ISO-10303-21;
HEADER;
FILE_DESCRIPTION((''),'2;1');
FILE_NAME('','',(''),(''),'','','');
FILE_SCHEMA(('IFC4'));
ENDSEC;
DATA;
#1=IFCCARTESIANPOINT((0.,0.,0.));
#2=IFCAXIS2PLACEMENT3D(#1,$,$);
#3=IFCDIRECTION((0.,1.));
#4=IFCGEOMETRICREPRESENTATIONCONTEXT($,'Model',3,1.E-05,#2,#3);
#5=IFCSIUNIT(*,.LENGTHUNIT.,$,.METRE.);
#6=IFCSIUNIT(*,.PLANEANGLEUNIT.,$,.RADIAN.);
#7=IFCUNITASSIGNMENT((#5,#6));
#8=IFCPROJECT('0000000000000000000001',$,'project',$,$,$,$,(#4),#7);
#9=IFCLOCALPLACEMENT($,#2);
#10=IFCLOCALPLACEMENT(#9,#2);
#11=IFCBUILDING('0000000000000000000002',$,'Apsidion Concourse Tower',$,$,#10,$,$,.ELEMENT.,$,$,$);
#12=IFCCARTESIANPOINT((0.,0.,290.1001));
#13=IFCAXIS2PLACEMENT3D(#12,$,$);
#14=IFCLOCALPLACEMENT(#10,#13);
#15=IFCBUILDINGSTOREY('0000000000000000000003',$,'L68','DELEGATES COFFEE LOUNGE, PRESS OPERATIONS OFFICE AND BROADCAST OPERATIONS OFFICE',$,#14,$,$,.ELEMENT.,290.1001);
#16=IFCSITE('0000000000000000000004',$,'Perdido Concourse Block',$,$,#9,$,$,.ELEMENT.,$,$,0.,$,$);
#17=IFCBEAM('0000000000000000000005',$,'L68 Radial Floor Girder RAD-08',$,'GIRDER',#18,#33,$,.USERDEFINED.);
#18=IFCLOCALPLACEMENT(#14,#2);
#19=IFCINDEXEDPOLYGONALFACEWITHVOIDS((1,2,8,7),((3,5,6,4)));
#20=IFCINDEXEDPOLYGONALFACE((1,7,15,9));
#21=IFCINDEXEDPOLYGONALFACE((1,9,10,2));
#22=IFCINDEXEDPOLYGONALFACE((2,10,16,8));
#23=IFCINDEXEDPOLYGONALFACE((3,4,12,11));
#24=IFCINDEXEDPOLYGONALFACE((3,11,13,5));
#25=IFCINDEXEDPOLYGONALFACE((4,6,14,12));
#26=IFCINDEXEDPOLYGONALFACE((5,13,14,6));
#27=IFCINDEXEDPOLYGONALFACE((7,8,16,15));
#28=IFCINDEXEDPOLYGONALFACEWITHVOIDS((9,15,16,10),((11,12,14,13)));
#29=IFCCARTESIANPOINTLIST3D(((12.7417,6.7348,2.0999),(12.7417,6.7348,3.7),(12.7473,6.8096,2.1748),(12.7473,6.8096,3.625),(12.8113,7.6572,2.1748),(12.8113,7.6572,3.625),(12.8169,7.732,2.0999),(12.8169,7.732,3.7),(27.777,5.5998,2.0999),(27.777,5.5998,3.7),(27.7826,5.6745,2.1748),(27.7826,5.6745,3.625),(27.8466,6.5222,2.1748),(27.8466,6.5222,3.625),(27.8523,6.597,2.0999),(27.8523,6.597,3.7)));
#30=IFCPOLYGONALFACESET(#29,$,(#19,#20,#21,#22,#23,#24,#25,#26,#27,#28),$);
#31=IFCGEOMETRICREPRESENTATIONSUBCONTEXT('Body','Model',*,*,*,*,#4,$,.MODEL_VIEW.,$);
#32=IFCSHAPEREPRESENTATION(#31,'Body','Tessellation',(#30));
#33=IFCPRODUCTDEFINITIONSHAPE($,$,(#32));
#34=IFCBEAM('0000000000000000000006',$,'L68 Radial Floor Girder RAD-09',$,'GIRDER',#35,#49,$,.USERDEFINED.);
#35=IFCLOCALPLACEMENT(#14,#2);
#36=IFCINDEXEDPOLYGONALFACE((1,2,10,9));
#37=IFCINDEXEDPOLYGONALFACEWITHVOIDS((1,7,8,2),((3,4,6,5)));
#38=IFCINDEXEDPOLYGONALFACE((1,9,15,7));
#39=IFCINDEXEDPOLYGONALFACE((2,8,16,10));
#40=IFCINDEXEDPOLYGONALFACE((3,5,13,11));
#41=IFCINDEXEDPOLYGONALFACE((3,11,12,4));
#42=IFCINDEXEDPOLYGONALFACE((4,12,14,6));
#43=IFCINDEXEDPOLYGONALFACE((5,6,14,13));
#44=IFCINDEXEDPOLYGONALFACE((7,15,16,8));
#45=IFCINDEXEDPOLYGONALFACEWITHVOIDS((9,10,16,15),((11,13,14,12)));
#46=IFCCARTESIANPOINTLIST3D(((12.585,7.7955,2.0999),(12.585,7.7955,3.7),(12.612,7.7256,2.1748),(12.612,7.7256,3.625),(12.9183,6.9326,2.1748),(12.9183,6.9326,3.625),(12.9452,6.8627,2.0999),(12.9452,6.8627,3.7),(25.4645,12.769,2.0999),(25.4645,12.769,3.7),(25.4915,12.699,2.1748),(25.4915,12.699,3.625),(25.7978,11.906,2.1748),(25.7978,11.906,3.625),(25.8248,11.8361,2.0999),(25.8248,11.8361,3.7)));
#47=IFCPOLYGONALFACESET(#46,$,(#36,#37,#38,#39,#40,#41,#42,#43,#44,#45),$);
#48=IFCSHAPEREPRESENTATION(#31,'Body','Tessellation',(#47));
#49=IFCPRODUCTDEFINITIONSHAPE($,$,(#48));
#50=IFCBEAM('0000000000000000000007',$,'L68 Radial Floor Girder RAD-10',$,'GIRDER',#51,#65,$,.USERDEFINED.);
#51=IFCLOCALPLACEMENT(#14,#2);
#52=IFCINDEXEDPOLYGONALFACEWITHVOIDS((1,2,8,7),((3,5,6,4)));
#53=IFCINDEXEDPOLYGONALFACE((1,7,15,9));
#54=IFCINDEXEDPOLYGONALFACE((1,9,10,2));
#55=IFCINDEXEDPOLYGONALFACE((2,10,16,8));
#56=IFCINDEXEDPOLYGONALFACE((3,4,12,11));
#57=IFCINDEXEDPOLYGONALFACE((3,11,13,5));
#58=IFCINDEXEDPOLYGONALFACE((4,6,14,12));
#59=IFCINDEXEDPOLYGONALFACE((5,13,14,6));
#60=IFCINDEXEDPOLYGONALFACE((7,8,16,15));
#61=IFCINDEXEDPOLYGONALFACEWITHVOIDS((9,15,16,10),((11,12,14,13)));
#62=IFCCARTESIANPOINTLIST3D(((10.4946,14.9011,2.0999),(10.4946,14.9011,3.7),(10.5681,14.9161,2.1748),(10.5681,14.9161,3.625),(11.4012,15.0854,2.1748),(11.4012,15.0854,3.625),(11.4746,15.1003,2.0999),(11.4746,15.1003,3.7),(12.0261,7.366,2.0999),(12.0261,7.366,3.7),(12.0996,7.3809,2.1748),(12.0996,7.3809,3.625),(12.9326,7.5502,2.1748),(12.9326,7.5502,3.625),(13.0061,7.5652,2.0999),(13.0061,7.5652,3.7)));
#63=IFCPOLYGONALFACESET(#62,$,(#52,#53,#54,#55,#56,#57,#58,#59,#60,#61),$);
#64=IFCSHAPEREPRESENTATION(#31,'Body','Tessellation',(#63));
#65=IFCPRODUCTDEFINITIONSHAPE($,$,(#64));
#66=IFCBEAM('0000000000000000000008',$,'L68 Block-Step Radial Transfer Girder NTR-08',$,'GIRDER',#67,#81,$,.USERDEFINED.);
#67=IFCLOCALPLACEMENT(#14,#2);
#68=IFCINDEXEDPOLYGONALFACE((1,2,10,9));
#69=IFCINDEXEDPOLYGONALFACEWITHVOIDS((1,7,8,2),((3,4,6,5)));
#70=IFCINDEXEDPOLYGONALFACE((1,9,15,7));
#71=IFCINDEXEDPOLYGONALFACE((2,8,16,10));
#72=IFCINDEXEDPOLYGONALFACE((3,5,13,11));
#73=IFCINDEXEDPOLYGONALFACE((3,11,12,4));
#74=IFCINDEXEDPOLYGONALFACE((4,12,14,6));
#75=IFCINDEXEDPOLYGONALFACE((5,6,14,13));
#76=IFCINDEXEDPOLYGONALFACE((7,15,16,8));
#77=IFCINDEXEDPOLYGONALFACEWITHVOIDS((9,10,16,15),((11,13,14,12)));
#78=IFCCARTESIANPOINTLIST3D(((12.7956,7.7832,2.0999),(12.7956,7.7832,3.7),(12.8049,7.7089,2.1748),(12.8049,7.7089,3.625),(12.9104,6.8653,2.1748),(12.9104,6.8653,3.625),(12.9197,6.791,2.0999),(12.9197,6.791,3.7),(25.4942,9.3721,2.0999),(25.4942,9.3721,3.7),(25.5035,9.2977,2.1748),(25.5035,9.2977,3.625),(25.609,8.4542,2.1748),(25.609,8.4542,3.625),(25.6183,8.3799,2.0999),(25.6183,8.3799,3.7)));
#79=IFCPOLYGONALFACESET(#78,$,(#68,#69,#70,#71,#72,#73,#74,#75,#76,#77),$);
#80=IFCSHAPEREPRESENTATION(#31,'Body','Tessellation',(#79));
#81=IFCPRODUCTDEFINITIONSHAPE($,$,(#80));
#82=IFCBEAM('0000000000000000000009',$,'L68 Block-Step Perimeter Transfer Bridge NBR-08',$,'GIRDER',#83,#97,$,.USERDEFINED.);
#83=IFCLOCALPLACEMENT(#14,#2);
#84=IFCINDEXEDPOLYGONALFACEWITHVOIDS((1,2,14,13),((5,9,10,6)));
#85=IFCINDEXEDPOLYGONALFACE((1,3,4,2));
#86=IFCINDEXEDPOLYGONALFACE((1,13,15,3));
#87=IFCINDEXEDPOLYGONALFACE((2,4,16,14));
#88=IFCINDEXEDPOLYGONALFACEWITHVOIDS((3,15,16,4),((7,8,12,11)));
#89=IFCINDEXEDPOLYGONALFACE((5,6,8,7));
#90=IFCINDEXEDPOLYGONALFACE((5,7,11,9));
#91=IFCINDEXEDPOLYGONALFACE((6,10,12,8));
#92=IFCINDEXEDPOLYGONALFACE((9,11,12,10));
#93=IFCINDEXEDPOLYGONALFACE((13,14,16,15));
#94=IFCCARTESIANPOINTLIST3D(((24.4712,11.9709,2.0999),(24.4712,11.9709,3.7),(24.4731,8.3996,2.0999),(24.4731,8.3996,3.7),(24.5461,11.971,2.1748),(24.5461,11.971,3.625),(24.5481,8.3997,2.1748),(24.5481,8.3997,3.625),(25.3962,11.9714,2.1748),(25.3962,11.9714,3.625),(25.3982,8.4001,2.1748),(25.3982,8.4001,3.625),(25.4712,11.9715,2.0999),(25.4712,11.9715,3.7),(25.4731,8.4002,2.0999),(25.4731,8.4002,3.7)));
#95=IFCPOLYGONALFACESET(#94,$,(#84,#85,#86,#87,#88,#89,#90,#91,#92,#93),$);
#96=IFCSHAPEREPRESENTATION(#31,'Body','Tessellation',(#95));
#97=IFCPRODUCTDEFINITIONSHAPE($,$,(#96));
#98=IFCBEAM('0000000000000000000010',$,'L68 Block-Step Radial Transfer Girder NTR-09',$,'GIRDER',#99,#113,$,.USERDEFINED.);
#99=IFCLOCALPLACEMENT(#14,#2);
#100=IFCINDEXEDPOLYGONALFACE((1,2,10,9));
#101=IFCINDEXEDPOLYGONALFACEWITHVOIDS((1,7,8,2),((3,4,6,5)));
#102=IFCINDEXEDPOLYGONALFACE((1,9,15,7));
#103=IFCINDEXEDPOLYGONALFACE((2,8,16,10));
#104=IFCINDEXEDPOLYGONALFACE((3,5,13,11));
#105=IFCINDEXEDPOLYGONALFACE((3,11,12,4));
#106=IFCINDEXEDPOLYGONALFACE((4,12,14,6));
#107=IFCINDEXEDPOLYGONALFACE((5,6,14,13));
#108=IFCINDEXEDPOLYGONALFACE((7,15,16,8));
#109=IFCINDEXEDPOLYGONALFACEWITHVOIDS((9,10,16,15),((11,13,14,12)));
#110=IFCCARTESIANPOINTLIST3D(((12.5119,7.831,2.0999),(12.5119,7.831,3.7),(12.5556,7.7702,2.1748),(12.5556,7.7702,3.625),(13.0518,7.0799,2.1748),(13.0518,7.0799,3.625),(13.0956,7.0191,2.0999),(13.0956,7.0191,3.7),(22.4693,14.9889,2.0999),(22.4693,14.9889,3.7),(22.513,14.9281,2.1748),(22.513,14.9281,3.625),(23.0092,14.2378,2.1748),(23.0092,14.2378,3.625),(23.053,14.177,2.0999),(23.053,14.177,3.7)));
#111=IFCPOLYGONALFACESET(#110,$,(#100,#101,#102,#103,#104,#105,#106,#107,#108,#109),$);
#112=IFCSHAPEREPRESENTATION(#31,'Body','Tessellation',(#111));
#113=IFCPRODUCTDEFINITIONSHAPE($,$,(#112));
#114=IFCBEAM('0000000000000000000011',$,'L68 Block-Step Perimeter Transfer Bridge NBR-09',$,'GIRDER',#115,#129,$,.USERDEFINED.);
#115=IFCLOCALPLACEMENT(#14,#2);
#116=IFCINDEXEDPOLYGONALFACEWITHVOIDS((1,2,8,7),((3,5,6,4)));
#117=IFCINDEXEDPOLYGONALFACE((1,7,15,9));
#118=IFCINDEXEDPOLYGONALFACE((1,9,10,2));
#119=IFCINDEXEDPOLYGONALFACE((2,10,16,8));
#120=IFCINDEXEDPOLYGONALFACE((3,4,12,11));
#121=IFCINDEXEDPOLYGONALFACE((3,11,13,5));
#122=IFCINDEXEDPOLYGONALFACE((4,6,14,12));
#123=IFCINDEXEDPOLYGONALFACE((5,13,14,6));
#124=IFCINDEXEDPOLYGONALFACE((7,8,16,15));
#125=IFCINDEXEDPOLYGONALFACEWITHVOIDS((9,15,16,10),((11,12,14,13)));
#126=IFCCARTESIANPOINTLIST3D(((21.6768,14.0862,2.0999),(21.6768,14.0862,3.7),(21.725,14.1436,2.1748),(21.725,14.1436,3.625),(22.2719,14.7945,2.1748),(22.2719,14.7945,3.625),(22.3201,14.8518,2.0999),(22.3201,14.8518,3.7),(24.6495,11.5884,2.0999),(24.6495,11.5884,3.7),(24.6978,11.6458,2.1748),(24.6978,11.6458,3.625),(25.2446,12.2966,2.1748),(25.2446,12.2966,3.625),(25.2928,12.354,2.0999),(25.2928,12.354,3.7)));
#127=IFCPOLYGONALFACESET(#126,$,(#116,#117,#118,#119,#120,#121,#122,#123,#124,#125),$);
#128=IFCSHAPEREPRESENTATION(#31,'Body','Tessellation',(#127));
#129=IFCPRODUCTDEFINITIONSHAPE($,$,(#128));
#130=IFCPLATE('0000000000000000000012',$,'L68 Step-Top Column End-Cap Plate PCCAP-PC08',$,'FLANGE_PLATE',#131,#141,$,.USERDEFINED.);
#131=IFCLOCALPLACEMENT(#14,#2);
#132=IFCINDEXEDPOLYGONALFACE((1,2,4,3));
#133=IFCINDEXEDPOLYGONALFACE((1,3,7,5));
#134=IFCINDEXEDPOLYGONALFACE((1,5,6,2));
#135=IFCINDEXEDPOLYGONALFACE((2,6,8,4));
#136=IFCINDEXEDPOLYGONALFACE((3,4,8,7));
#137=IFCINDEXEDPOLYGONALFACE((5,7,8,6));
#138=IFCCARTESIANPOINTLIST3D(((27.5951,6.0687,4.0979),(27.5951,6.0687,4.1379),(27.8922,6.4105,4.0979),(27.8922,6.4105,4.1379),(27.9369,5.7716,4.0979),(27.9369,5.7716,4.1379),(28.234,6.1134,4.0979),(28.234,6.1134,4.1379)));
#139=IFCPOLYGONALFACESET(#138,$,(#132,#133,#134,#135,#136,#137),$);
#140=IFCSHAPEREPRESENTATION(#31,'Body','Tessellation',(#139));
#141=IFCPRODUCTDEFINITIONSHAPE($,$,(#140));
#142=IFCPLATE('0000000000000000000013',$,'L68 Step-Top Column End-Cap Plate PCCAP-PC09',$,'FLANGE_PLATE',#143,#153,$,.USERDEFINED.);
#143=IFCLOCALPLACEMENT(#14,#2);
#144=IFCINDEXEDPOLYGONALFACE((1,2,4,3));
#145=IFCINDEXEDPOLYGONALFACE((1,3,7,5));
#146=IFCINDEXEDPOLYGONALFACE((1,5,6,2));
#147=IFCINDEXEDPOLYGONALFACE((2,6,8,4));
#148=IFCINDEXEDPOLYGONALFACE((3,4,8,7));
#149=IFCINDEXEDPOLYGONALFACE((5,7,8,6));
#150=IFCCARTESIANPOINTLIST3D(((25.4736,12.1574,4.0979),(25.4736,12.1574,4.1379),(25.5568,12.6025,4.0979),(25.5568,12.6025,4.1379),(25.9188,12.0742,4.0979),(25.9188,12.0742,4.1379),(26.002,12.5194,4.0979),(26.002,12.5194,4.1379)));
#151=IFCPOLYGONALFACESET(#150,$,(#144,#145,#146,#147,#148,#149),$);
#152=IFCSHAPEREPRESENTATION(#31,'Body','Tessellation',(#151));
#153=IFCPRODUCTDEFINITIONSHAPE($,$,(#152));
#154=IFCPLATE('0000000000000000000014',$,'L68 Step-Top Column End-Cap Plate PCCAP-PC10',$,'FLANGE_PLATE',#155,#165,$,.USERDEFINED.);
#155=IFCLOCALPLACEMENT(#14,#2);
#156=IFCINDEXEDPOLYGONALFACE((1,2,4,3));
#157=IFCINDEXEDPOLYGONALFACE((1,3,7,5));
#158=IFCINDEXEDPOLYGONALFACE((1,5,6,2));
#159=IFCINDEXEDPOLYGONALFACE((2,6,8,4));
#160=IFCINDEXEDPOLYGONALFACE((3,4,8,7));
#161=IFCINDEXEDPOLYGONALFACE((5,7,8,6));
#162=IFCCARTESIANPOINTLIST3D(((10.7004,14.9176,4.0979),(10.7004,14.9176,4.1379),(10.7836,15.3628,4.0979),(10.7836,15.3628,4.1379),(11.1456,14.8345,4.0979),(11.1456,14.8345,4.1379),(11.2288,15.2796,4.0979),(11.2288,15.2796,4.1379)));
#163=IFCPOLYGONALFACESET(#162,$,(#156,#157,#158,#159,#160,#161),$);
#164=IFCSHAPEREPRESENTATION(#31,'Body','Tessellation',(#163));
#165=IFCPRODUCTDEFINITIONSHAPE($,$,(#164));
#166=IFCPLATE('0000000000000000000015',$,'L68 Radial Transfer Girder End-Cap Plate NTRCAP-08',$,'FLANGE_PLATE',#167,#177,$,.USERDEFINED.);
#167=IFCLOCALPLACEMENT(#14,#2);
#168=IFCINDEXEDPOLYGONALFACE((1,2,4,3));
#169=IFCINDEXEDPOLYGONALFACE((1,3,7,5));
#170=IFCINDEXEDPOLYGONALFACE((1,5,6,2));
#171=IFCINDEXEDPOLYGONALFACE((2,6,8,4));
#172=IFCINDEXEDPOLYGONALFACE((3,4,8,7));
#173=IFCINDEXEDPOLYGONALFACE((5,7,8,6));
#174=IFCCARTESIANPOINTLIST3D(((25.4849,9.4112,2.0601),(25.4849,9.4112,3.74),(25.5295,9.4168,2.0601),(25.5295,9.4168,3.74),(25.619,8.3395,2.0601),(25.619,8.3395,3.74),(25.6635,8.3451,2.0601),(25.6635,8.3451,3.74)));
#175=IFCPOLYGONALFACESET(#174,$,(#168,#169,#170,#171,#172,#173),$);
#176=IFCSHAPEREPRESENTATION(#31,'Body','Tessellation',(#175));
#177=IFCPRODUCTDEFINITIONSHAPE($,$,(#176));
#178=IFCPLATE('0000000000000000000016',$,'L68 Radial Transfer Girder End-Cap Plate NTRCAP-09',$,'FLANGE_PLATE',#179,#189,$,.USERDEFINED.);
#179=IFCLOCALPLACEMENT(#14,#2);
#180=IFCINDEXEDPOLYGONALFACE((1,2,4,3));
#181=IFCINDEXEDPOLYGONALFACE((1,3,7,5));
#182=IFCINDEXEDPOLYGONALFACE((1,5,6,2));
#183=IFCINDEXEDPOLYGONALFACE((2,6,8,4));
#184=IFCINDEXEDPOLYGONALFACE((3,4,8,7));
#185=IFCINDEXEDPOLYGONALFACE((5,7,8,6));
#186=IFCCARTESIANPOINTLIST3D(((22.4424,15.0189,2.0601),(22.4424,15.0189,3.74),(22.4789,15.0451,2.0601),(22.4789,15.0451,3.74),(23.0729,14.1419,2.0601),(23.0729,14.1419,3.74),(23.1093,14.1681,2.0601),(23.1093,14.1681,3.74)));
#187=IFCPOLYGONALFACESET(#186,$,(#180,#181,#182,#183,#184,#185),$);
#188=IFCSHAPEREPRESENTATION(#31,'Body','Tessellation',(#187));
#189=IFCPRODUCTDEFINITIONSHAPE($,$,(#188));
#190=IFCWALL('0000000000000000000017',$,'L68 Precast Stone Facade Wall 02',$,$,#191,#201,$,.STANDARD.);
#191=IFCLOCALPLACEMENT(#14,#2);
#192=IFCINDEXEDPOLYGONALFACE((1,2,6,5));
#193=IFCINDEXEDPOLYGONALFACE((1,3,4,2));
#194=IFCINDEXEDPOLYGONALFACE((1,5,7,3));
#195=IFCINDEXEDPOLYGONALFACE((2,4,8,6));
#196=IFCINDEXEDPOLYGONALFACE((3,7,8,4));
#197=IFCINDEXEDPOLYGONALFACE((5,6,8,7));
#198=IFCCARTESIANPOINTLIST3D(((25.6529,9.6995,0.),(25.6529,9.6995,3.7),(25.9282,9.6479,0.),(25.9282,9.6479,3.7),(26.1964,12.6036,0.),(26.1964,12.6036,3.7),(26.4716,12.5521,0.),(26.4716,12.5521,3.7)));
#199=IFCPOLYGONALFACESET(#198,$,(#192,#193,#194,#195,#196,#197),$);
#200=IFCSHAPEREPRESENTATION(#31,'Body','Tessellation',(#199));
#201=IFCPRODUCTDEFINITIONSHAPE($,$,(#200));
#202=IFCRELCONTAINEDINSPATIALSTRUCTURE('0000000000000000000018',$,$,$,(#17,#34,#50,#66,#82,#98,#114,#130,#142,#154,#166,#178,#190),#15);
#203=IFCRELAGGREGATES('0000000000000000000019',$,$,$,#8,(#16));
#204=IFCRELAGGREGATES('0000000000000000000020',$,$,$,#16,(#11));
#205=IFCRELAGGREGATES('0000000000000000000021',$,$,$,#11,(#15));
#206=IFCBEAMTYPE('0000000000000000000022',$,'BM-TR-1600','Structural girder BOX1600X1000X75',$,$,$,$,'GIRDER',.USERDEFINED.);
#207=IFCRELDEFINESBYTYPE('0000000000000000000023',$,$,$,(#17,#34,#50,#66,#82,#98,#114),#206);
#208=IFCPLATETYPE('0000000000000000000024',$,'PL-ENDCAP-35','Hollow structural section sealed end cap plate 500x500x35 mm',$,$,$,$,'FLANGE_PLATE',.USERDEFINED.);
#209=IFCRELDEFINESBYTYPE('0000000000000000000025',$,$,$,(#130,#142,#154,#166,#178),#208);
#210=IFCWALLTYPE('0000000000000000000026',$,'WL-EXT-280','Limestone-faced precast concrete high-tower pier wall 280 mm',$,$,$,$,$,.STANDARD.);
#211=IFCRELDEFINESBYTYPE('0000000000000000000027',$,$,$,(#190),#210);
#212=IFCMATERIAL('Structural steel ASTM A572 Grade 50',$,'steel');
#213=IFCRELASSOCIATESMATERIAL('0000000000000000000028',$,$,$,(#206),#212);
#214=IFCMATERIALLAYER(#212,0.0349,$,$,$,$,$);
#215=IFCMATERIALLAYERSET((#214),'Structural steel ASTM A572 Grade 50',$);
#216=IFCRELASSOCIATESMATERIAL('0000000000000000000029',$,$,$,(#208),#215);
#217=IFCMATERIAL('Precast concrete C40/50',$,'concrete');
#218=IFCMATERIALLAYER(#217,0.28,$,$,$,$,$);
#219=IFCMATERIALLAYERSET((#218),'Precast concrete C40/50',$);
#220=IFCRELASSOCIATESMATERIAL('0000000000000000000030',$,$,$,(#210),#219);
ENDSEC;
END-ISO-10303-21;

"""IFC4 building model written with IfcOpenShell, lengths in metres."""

from ifc_helpers import new_model, si_unit, direction, frame, frame_2d, origin, origin_2d, place, context, subcontext, project, spatial, rectangle, hollow_rectangle, extrude, material, layer, layer_set, material_profile, profile_set, type_object, element, save


model = new_model("IFC4")

# Units and contexts
model_context = context("Model", 3, precision=1e-05, world=origin(), true_north=direction((0.0, 1.0)))
body_context = subcontext(model_context, "Body", "Model", "MODEL_VIEW")
ifc_project = project(units=[si_unit("LENGTHUNIT", "METRE"), si_unit("PLANEANGLEUNIT", "RADIAN")], contexts=[model_context])

# Site, building, storey
site_placement = place(None, origin())
site = spatial("IfcSite", under=ifc_project, at=site_placement, Name="Perdido Concourse Block", CompositionType="ELEMENT", RefElevation=0.0)
building_placement = place(site_placement, origin())
building = spatial("IfcBuilding", under=site, at=building_placement, Name="Apsidion Concourse Tower", CompositionType="ELEMENT")
storey_placement = place(building_placement, frame((0.0, 0.0, 290.1001)))
storey = spatial("IfcBuildingStorey", under=building, at=storey_placement, Name="L68", Description="DELEGATES COFFEE LOUNGE, PRESS OPERATIONS OFFICE AND BROADCAST OPERATIONS OFFICE", CompositionType="ELEMENT", Elevation=290.1001)

# Beams
ifc_material_1 = material(Name="Structural steel ASTM A572 Grade 50", Category="steel")
ifc_material_profile_1 = material_profile(ifc_material_1, hollow_rectangle(XDim=1.0, YDim=1.6001, WallThickness=0.075, at=origin_2d()), Name="BOX1600X1000X75")
ifc_profile_set_1 = profile_set([ifc_material_profile_1], Name="Structural steel ASTM A572 Grade 50")
beam_type_1 = type_object("IfcBeamType", Name="BM-TR-1600", Description="Structural girder BOX1600X1000X75", ElementType="GIRDER", PredefinedType="USERDEFINED", material=ifc_profile_set_1)
beam_1_placement = place(storey_placement, frame((12.7793, 7.2334, 2.8999), z_axis=(0.997163, -0.075275, 0.0), x_axis=(0.075275, 0.997163, 0.0)))
element("IfcBeam", 1, at=beam_1_placement, inside=storey, type_object=beam_type_1, Name="L68 Radial Floor Girder RAD-08", ObjectType="GIRDER", PredefinedType="USERDEFINED", context=body_context, shape_type="SweptSolid", body=[
    extrude(hollow_rectangle(XDim=1.0, YDim=1.6001, WallThickness=0.075, at=origin_2d()), origin(), (0.0, 0.0, 1.0), 15.0781),
])
beam_2_placement = place(storey_placement, frame((12.7651, 7.3291, 2.8999), z_axis=(0.932865, 0.360227, 0.0), x_axis=(-0.360227, 0.932865, 0.0)))
element("IfcBeam", 2, at=beam_2_placement, inside=storey, type_object=beam_type_1, Name="L68 Radial Floor Girder RAD-09", ObjectType="GIRDER", PredefinedType="USERDEFINED", context=body_context, shape_type="SweptSolid", body=[
    extrude(hollow_rectangle(XDim=1.0, YDim=1.6001, WallThickness=0.075, at=origin_2d()), origin(), (0.0, 0.0, 1.0), 13.8064),
])
beam_3_placement = place(storey_placement, frame((12.5161, 7.4656, 2.8999), z_axis=(-0.199174, 0.979964, 0.0), x_axis=(-0.979964, -0.199174, 0.0)))
element("IfcBeam", 3, at=beam_3_placement, inside=storey, type_object=beam_type_1, Name="L68 Radial Floor Girder RAD-10", ObjectType="GIRDER", PredefinedType="USERDEFINED", context=body_context, shape_type="SweptSolid", body=[
    extrude(hollow_rectangle(XDim=1.0, YDim=1.6001, WallThickness=0.075, at=origin_2d()), origin(), (0.0, 0.0, 1.0), 7.6892),
])
beam_4_placement = place(storey_placement, frame((12.8577, 7.2871, 2.8999), z_axis=(0.992263, 0.124154, 0.0), x_axis=(-0.124154, 0.992263, 0.0)))
element("IfcBeam", 4, at=beam_4_placement, inside=storey, type_object=beam_type_1, Name="L68 Block-Step Radial Transfer Girder NTR-08", ObjectType="GIRDER", PredefinedType="USERDEFINED", context=body_context, shape_type="SweptSolid", body=[
    extrude(hollow_rectangle(XDim=1.0, YDim=1.6001, WallThickness=0.075, at=origin_2d()), origin(), (0.0, 0.0, 1.0), 12.7976),
])
beam_5_placement = place(storey_placement, frame((24.9712, 11.9712, 2.8999), z_axis=(0.000547, -1.0, 0.0), x_axis=(1.0, 0.000547, 0.0)))
element("IfcBeam", 5, at=beam_5_placement, inside=storey, type_object=beam_type_1, Name="L68 Block-Step Perimeter Transfer Bridge NBR-08", ObjectType="GIRDER", PredefinedType="USERDEFINED", context=body_context, shape_type="SweptSolid", body=[
    extrude(hollow_rectangle(XDim=1.0, YDim=1.6001, WallThickness=0.075, at=origin_2d()), origin(), (0.0, 0.0, 1.0), 3.5713),
])
beam_6_placement = place(storey_placement, frame((12.8037, 7.425, 2.8999), z_axis=(0.811977, 0.583689, 0.0), x_axis=(-0.583689, 0.811977, 0.0)))
element("IfcBeam", 6, at=beam_6_placement, inside=storey, type_object=beam_type_1, Name="L68 Block-Step Radial Transfer Girder NTR-09", ObjectType="GIRDER", PredefinedType="USERDEFINED", context=body_context, shape_type="SweptSolid", body=[
    extrude(hollow_rectangle(XDim=1.0, YDim=1.6001, WallThickness=0.075, at=origin_2d()), origin(), (0.0, 0.0, 1.0), 12.2632),
])
beam_7_placement = place(storey_placement, frame((24.9712, 11.9712, 2.8999), z_axis=(-0.765607, 0.643309, 0.0), x_axis=(-0.643309, -0.765607, 0.0)))
element("IfcBeam", 7, at=beam_7_placement, inside=storey, type_object=beam_type_1, Name="L68 Block-Step Perimeter Transfer Bridge NBR-09", ObjectType="GIRDER", PredefinedType="USERDEFINED", context=body_context, shape_type="SweptSolid", body=[
    extrude(hollow_rectangle(XDim=1.0, YDim=1.6001, WallThickness=0.075, at=origin_2d()), origin(), (0.0, 0.0, 1.0), 3.8828),
])

# Plates
ifc_layer_1 = layer(ifc_material_1, 0.0349)
ifc_layer_set_1 = layer_set([ifc_layer_1], Name="Structural steel ASTM A572 Grade 50")
plate_type = type_object("IfcPlateType", Name="PL-ENDCAP-35", Description="Hollow structural section sealed end cap plate 500x500x35 mm", ElementType="FLANGE_PLATE", PredefinedType="USERDEFINED", material=ifc_layer_set_1)
for number, where, z_axis, x_axis, name in (
    (8, (27.9146, 6.0911, 4.0979), (0.0, 0.0, 1.0), (0.656059, 0.75471, 0.0), "L68 Step-Top Column End-Cap Plate PCCAP-PC08"),
    (9, (25.7378, 12.3384, 4.0979), (0.0, 0.0, 1.0), (-0.983, 0.183608, 0.0), "L68 Step-Top Column End-Cap Plate PCCAP-PC09"),
    (10, (10.9646, 15.0986, 4.0979), (0.0, 0.0, 1.0), (-0.983, 0.183608, 0.0), "L68 Step-Top Column End-Cap Plate PCCAP-PC10"),
):
    element("IfcPlate", number, at=place(storey_placement, frame(where, z_axis=z_axis, x_axis=x_axis)), inside=storey, type_object=plate_type, Name=name, ObjectType="FLANGE_PLATE", PredefinedType="USERDEFINED", context=body_context, shape_type="SweptSolid", body=[
        extrude(rectangle(XDim=0.4529, YDim=0.4529, at=origin_2d()), origin(), (0.0, 0.0, 1.0), 0.04),
    ])
for number, where, z_axis, x_axis, name in (
    (11, (25.5742, 8.8782, 2.0601), (0.0, 0.0, 1.0), (0.992267, 0.124121, 0.0), "L68 Radial Transfer Girder End-Cap Plate NTRCAP-08"),
    (12, (22.7759, 14.5935, 2.0601), (0.0, 0.0, 1.0), (0.811982, 0.583683, 0.0), "L68 Radial Transfer Girder End-Cap Plate NTRCAP-09"),
):
    element("IfcPlate", number, at=place(storey_placement, frame(where, z_axis=z_axis, x_axis=x_axis)), inside=storey, type_object=plate_type, Name=name, ObjectType="FLANGE_PLATE", PredefinedType="USERDEFINED", context=body_context, shape_type="SweptSolid", body=[
        extrude(rectangle(XDim=0.0449, YDim=1.0801, at=origin_2d()), origin(), (0.0, 0.0, 1.0), 1.6799),
    ])

# Wall
ifc_material_2 = material(Name="Precast concrete C40/50", Category="concrete")
ifc_layer_2 = layer(ifc_material_2, 0.28)
ifc_layer_set_2 = layer_set([ifc_layer_2], Name="Precast concrete C40/50")
wall_type = type_object("IfcWallType", Name="WL-EXT-280", Description="Limestone-faced precast concrete high-tower pier wall 280 mm", PredefinedType="STANDARD", material=ifc_layer_set_2)
wall_1_placement = place(storey_placement, frame((26.334, 12.5779, 0.0), z_axis=(0.0, 0.0, 1.0), x_axis=(-0.183929, -0.982939, 0.0)))
element("IfcWall", 13, at=wall_1_placement, inside=storey, type_object=wall_type, Name="L68 Precast Stone Facade Wall 02", PredefinedType="STANDARD", context=body_context, shape_type="SweptSolid", body=[
    extrude(rectangle(XDim=2.9546, YDim=0.28, at=frame_2d((1.4773, 0.0))), origin(), (0.0, 0.0, 1.0), 3.7),
])

save(model, "model.ifc")
